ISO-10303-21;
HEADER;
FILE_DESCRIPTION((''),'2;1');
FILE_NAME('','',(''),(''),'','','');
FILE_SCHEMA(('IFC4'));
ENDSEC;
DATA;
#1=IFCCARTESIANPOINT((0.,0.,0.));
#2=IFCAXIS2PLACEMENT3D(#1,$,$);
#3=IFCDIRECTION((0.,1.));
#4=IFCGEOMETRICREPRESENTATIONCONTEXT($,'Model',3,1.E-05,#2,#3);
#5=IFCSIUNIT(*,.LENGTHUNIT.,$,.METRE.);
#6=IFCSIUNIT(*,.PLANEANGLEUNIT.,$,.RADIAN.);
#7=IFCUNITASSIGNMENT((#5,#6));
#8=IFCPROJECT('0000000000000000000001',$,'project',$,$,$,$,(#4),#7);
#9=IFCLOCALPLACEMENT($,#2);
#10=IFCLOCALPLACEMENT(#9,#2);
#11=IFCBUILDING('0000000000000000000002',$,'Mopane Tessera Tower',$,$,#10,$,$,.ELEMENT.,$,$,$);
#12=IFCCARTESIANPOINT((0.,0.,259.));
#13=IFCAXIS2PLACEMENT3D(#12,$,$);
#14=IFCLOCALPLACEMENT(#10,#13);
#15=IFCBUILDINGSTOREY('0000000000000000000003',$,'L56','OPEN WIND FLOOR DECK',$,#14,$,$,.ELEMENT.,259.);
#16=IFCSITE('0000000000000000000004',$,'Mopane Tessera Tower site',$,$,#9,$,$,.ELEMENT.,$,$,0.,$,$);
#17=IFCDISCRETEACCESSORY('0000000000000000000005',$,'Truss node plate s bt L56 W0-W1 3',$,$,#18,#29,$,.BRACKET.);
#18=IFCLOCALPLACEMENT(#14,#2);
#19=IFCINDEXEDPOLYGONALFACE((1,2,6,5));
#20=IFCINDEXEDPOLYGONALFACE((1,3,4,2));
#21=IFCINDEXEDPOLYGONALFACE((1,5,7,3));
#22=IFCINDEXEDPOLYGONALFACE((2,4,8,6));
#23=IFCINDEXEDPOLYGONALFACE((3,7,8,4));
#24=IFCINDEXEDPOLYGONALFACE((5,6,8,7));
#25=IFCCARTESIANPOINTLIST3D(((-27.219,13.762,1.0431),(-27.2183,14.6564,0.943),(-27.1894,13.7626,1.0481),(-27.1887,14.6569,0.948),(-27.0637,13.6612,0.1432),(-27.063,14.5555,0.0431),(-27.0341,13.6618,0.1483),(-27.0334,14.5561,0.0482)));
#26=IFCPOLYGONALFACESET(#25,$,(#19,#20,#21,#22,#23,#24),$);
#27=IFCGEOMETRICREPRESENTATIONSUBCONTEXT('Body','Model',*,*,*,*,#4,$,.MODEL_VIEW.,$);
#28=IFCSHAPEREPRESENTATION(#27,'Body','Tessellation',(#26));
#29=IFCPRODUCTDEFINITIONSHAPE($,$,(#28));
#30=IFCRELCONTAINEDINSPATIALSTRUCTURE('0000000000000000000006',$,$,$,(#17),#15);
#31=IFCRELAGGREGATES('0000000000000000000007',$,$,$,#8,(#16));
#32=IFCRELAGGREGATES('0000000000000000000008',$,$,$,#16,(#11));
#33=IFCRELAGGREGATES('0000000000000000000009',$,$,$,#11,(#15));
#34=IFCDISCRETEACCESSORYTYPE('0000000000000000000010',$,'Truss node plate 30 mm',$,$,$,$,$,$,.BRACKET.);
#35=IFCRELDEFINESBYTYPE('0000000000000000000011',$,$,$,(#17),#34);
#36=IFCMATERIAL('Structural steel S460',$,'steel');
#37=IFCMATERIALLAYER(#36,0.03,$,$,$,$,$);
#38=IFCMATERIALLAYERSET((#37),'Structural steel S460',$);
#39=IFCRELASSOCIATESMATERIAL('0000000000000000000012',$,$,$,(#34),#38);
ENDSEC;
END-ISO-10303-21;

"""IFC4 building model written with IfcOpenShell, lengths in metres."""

from ifc_helpers import new_model, si_unit, direction, frame, origin, origin_2d, place, context, subcontext, project, spatial, rectangle, extrude, material, layer, layer_set, type_object, element, save


model = new_model("IFC4")

# Units and contexts
model_context = context("Model", 3, precision=1e-05, world=origin(), true_north=direction((0.0, 1.0)))
body_context = subcontext(model_context, "Body", "Model", "MODEL_VIEW")
ifc_project = project(units=[si_unit("LENGTHUNIT", "METRE"), si_unit("PLANEANGLEUNIT", "RADIAN")], contexts=[model_context])

# Site, building, storey
site_placement = place(None, origin())
site = spatial("IfcSite", under=ifc_project, at=site_placement, Name="Mopane Tessera Tower site", CompositionType="ELEMENT", RefElevation=0.0)
building_placement = place(site_placement, origin())
building = spatial("IfcBuilding", under=site, at=building_placement, Name="Mopane Tessera Tower", CompositionType="ELEMENT")
storey_placement = place(building_placement, frame((0.0, 0.0, 259.0)))
storey = spatial("IfcBuildingStorey", under=building, at=storey_placement, Name="L56", Description="OPEN WIND FLOOR DECK", CompositionType="ELEMENT", Elevation=259.0)

# Discrete accessory
ifc_material_1 = material(Name="Structural steel S460", Category="steel")
ifc_layer_1 = layer(ifc_material_1, 0.03)
ifc_layer_set_1 = layer_set([ifc_layer_1], Name="Structural steel S460")
discrete_accessory_type = type_object("IfcDiscreteAccessoryType", Name="Truss node plate 30 mm", PredefinedType="BRACKET", material=ifc_layer_set_1)
discrete_accessory_1_placement = place(storey_placement, frame((-27.0486, 14.1086, 0.0957), z_axis=(-0.169005, 0.109747, 0.979486), x_axis=(0.985615, 0.018009, 0.168045)))
element("IfcDiscreteAccessory", 1, at=discrete_accessory_1_placement, inside=storey, type_object=discrete_accessory_type, Name="Truss node plate s bt L56 W0-W1 3", PredefinedType="BRACKET", context=body_context, shape_type="SweptSolid", body=[
    extrude(rectangle(XDim=0.03, YDim=0.8999, at=origin_2d()), origin(), (0.0, 0.0, 1.0), 0.9187),
])

save(model, "model.ifc")
